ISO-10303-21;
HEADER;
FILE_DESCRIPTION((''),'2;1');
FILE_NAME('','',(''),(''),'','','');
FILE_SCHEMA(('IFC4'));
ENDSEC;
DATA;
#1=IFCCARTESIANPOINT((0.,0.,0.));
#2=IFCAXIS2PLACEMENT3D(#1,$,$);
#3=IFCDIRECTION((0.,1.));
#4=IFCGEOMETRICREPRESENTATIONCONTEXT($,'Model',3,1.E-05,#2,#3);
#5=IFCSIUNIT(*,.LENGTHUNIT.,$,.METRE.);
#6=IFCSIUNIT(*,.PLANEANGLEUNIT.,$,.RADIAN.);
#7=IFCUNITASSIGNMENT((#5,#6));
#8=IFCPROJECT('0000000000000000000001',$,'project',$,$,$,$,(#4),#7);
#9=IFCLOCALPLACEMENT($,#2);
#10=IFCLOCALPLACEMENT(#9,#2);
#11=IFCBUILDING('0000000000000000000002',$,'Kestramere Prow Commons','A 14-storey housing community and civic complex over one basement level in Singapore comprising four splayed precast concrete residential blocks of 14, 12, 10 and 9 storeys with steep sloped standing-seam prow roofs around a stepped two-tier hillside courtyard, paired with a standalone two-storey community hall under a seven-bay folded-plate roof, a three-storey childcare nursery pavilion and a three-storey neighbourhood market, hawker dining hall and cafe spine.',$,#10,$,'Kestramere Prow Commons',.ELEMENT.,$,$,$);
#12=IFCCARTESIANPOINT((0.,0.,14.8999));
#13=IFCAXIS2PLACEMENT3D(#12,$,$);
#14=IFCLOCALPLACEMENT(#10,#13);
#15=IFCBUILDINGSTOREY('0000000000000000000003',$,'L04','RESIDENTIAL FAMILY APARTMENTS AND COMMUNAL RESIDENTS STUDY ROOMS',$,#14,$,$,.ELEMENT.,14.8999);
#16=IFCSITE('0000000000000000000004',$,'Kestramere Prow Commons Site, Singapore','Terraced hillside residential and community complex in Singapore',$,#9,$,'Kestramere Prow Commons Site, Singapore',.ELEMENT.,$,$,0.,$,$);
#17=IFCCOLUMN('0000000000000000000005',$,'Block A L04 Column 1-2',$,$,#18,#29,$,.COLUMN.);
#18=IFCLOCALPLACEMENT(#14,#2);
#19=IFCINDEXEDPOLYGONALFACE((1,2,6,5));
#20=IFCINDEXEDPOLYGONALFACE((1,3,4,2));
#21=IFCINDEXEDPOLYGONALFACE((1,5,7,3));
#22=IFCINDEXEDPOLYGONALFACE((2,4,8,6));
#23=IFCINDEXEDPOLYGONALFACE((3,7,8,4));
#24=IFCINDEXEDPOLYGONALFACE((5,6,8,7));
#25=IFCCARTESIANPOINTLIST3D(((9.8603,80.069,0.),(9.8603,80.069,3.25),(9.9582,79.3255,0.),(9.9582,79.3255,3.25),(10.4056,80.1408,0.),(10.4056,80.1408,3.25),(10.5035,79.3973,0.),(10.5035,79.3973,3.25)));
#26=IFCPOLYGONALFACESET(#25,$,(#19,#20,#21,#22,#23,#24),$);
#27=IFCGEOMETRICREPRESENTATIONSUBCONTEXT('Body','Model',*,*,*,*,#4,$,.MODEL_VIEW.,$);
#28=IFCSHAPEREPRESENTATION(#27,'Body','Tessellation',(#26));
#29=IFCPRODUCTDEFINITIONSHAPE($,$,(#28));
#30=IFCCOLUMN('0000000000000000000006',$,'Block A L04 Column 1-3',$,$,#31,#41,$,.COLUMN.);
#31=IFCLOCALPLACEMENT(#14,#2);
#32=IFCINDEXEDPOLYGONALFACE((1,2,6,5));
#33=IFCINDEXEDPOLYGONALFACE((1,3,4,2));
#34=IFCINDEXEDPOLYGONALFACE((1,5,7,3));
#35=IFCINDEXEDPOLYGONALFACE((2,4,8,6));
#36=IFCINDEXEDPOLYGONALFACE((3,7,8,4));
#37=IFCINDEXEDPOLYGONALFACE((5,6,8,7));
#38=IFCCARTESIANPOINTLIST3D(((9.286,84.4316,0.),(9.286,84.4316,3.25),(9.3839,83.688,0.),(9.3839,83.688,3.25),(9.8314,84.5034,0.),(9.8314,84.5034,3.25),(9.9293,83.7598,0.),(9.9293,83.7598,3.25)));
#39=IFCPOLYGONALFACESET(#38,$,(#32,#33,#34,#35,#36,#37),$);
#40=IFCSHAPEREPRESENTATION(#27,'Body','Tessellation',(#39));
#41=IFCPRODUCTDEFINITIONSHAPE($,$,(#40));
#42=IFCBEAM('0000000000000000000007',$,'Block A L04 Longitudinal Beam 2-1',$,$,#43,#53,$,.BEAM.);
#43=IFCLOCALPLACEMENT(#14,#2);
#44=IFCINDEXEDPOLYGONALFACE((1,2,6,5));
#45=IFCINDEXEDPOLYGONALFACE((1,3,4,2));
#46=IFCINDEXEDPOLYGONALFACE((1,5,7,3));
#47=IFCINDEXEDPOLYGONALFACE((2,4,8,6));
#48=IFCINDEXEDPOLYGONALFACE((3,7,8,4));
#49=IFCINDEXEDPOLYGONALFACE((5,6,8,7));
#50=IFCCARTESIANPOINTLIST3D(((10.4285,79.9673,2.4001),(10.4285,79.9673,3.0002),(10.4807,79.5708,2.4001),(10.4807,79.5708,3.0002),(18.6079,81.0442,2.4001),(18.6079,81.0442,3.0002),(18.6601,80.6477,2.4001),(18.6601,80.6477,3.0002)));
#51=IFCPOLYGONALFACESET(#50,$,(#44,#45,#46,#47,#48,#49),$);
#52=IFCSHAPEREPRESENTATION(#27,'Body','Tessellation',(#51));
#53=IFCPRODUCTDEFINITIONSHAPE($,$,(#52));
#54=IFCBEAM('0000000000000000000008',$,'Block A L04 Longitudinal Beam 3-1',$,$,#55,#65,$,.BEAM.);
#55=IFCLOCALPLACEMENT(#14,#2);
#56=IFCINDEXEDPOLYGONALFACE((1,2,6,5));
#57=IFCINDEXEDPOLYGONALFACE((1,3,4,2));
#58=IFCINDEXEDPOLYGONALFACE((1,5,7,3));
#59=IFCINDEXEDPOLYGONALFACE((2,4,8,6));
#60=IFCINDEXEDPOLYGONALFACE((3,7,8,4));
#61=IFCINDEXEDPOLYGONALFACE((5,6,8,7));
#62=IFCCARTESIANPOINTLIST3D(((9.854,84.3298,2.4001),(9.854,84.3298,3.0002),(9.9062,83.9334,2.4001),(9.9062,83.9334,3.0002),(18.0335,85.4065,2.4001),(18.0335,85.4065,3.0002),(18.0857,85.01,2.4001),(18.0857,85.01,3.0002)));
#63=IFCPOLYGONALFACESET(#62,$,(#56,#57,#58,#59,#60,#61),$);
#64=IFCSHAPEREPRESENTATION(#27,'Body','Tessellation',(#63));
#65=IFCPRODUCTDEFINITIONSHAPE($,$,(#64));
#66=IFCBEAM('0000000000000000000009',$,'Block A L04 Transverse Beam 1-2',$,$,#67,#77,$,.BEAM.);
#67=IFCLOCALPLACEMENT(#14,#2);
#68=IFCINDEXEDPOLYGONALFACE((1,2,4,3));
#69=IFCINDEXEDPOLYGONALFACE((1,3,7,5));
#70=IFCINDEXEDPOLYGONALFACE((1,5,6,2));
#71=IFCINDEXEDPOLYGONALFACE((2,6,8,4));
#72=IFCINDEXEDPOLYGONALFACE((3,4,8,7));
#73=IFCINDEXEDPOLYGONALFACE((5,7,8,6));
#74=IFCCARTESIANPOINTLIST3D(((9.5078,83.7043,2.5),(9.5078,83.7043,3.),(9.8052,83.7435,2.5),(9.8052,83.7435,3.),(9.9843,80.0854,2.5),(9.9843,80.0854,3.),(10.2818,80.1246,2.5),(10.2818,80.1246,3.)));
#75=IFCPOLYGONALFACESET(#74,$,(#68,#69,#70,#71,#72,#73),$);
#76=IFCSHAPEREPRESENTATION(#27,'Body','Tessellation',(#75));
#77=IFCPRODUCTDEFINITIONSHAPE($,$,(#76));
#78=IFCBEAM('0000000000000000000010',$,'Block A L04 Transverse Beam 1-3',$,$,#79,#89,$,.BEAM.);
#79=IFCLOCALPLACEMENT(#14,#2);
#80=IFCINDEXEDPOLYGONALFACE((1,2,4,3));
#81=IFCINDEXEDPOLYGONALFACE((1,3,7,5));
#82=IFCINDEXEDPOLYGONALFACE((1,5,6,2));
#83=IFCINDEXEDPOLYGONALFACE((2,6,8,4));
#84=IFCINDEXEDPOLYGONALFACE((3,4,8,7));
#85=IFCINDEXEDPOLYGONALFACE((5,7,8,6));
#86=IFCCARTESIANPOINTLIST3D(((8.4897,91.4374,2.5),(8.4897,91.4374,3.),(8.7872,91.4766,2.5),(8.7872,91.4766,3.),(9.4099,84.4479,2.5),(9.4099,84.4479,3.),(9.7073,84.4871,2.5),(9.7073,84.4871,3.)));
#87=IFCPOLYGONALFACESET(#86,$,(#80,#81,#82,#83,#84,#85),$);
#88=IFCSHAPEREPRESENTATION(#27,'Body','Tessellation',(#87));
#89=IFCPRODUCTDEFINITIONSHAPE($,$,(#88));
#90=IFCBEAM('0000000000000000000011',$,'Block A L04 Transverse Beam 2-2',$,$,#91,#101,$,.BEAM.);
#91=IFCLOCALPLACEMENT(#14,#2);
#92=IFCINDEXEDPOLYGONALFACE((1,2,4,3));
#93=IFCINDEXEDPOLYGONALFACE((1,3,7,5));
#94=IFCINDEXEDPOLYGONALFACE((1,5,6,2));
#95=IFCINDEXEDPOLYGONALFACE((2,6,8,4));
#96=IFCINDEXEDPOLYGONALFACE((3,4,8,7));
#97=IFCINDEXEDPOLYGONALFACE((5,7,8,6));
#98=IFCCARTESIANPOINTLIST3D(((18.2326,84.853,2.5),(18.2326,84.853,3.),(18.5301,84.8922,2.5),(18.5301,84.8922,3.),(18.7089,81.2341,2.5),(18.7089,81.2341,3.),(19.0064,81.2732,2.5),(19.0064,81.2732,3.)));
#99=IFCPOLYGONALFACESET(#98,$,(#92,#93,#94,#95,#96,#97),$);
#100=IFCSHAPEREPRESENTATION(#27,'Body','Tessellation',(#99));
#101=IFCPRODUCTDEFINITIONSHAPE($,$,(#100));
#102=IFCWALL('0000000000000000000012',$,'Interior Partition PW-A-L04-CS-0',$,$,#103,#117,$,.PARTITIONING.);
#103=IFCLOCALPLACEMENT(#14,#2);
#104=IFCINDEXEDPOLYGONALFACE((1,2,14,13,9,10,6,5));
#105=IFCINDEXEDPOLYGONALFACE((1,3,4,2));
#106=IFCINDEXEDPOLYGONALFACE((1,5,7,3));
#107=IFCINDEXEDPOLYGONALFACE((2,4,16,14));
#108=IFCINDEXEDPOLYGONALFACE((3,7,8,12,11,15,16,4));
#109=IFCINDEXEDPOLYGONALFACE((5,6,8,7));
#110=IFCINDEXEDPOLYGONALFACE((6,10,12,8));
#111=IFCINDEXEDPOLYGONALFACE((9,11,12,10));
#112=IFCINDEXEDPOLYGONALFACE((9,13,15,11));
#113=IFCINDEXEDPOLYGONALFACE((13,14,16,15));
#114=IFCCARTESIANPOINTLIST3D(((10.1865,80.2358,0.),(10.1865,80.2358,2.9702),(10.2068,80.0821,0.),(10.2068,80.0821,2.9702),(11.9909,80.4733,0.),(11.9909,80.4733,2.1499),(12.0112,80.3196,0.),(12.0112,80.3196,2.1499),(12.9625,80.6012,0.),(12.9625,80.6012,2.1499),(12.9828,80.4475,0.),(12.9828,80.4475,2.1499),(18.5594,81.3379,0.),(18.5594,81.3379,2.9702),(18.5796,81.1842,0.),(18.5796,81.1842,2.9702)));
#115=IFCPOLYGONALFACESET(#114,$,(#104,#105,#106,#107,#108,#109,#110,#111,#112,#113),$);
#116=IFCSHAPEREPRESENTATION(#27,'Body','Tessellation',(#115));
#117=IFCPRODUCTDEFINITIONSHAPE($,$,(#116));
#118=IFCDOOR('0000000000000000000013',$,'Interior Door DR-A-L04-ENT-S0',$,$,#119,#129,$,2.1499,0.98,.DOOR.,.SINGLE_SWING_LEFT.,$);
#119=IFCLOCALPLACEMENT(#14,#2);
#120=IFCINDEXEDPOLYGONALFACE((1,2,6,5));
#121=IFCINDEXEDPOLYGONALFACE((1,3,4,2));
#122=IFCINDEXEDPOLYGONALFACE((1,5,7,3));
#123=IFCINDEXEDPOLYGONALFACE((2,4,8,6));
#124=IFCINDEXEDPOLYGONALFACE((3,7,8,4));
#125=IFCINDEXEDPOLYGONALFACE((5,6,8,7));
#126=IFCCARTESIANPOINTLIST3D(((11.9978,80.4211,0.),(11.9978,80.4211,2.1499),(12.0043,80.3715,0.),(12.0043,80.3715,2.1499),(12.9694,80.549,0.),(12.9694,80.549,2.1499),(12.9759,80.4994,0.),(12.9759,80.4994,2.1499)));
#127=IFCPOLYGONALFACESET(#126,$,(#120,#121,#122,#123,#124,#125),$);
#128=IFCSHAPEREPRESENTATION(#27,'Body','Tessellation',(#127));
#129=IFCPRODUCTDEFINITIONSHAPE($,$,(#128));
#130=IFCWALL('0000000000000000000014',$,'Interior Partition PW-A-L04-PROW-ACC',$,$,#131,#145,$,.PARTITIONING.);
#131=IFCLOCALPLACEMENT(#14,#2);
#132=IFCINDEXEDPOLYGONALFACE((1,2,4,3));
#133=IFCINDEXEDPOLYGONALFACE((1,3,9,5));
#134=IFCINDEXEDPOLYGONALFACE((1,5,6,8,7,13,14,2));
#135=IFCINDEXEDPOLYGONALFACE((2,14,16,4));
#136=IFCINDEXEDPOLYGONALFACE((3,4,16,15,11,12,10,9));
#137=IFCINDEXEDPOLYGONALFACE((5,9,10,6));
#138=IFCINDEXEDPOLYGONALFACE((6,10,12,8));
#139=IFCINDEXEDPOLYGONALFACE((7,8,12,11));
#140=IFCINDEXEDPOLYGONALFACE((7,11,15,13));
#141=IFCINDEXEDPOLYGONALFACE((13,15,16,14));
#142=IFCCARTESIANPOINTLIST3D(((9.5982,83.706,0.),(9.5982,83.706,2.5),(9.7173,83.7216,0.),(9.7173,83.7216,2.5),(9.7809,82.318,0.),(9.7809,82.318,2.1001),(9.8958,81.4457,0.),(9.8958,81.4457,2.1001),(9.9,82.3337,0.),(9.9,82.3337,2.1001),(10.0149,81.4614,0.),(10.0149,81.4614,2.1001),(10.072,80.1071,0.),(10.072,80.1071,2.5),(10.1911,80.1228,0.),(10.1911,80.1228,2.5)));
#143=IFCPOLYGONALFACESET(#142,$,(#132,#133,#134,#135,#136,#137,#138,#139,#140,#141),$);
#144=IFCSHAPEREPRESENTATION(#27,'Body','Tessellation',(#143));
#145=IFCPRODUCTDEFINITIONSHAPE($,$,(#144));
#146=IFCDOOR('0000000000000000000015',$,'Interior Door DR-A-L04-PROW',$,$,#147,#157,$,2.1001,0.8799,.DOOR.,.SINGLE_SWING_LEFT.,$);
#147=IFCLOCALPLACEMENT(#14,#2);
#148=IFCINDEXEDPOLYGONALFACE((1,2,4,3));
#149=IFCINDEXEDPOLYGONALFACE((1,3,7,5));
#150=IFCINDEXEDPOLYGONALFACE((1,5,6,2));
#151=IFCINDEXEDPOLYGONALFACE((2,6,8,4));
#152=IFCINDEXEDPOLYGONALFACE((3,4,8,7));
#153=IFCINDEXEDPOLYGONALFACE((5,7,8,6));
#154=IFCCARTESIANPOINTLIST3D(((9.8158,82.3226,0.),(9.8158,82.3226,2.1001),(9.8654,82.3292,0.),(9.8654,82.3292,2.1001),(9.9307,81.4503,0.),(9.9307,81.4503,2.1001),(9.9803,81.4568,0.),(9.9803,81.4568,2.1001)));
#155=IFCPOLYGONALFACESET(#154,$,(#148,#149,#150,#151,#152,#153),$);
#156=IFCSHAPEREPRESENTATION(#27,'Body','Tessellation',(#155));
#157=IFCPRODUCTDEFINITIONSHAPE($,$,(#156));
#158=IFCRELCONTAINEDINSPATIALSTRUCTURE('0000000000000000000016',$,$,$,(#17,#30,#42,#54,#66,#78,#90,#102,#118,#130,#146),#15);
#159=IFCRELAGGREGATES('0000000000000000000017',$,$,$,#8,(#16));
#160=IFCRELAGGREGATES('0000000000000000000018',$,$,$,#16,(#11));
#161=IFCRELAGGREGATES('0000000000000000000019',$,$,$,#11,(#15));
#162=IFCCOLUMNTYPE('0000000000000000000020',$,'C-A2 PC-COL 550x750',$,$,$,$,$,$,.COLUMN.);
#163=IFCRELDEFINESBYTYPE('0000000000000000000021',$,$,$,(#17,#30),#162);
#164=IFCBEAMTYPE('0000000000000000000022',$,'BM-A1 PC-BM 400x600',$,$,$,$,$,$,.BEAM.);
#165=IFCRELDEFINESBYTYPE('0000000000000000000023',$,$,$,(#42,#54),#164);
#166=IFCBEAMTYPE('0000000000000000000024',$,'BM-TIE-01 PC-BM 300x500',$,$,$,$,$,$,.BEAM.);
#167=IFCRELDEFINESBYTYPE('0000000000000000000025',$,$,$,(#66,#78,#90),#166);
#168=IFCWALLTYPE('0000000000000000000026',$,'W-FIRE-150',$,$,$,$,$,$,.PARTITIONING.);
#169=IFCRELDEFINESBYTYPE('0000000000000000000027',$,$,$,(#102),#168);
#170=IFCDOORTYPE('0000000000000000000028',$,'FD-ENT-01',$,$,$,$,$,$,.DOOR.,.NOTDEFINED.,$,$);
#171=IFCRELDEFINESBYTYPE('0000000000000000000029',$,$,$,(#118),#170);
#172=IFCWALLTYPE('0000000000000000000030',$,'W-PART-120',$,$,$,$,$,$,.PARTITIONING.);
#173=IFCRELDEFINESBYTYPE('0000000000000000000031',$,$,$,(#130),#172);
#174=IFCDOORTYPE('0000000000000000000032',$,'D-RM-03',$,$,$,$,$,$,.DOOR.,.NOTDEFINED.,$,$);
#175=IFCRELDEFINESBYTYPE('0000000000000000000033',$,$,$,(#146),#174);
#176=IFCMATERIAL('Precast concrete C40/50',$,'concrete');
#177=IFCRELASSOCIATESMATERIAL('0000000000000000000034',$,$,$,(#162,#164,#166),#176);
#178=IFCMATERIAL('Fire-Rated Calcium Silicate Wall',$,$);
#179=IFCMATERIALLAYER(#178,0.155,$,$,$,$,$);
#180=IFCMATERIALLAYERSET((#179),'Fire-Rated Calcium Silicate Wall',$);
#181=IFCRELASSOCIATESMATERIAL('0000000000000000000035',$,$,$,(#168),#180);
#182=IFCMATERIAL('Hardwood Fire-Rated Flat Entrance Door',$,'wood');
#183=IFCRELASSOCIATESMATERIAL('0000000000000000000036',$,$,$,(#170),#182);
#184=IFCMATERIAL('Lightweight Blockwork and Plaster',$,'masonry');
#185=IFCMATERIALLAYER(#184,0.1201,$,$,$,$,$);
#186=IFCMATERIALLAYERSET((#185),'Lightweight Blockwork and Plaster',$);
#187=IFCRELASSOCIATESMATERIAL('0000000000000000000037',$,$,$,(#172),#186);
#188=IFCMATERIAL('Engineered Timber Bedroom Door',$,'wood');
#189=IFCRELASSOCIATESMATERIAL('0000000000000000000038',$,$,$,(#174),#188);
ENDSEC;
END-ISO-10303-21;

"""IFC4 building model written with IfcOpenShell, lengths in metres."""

from ifc_helpers import new_model, si_unit, direction, frame, frame_2d, origin, origin_2d, place, context, subcontext, project, spatial, rectangle, extrude, material, layer, layer_set, material_profile, profile_set, type_object, element, fill, save


model = new_model("IFC4")

# Units and contexts
model_context = context("Model", 3, precision=1e-05, world=origin(), true_north=direction((0.0, 1.0)))
body_context = subcontext(model_context, "Body", "Model", "MODEL_VIEW")
ifc_project = project(units=[si_unit("LENGTHUNIT", "METRE"), si_unit("PLANEANGLEUNIT", "RADIAN")], contexts=[model_context])

# Site, building, storey
site_placement = place(None, origin())
site = spatial("IfcSite", under=ifc_project, at=site_placement, Name="Kestramere Prow Commons Site, Singapore", Description="Terraced hillside residential and community complex in Singapore", LongName="Kestramere Prow Commons Site, Singapore", CompositionType="ELEMENT", RefElevation=0.0)
building_placement = place(site_placement, origin())
building = spatial("IfcBuilding", under=site, at=building_placement, Name="Kestramere Prow Commons", Description="A 14-storey housing community and civic complex over one basement level in Singapore comprising four splayed precast concrete residential blocks of 14, 12, 10 and 9 storeys with steep sloped standing-seam prow roofs around a stepped two-tier hillside courtyard, paired with a standalone two-storey community hall under a seven-bay folded-plate roof, a three-storey childcare nursery pavilion and a three-storey neighbourhood market, hawker dining hall and cafe spine.", LongName="Kestramere Prow Commons", CompositionType="ELEMENT")
storey_placement = place(building_placement, frame((0.0, 0.0, 14.8999)))
storey = spatial("IfcBuildingStorey", under=building, at=storey_placement, Name="L04", Description="RESIDENTIAL FAMILY APARTMENTS AND COMMUNAL RESIDENTS STUDY ROOMS", CompositionType="ELEMENT", Elevation=14.8999)

# Columns
ifc_material_1 = material(Name="Precast concrete C40/50", Category="concrete")
ifc_material_profile_1 = material_profile(ifc_material_1, rectangle(XDim=0.55, YDim=0.75, at=origin_2d()), Name="PC-COL 550x750")
ifc_profile_set_1 = profile_set([ifc_material_profile_1], Name="Precast concrete C40/50")
column_type = type_object("IfcColumnType", Name="C-A2 PC-COL 550x750", PredefinedType="COLUMN", material=ifc_profile_set_1)
for number, where, z_axis, x_axis, name in (
    (1, (10.1819, 79.7332, 0.0), (0.0, 0.0, 1.0), (0.991445, 0.130526, 0.0), "Block A L04 Column 1-2"),
    (2, (9.6077, 84.0957, 0.0), (0.0, 0.0, 1.0), (0.991445, 0.130526, 0.0), "Block A L04 Column 1-3"),
):
    element("IfcColumn", number, at=place(storey_placement, frame(where, z_axis=z_axis, x_axis=x_axis)), inside=storey, type_object=column_type, Name=name, PredefinedType="COLUMN", context=body_context, shape_type="SweptSolid", body=[
        extrude(rectangle(XDim=0.55, YDim=0.75, at=origin_2d()), origin(), (0.0, 0.0, 1.0), 3.25),
    ])

# Beams
ifc_material_profile_2 = material_profile(ifc_material_1, rectangle(XDim=0.3999, YDim=0.6001, at=origin_2d()), Name="PC-BM 400x600")
ifc_profile_set_2 = profile_set([ifc_material_profile_2], Name="Precast concrete C40/50")
beam_type_1 = type_object("IfcBeamType", Name="BM-A1 PC-BM 400x600", PredefinedType="BEAM", material=ifc_profile_set_2)
for number, where, z_axis, x_axis, name in (
    (3, (10.4546, 79.769, 2.7002), (0.991444, 0.130533, 0.0), (-0.130533, 0.991444, 0.0), "Block A L04 Longitudinal Beam 2-1"),
    (4, (9.8801, 84.1316, 2.7002), (0.991448, 0.130504, 0.0), (-0.130504, 0.991448, 0.0), "Block A L04 Longitudinal Beam 3-1"),
):
    element("IfcBeam", number, at=place(storey_placement, frame(where, z_axis=z_axis, x_axis=x_axis)), inside=storey, type_object=beam_type_1, Name=name, PredefinedType="BEAM", context=body_context, shape_type="SweptSolid", body=[
        extrude(rectangle(XDim=0.3999, YDim=0.6001, at=origin_2d()), origin(), (0.0, 0.0, 1.0), 8.25),
    ])
ifc_material_profile_3 = material_profile(ifc_material_1, rectangle(XDim=0.3, YDim=0.5, at=origin_2d()), Name="PC-BM 300x500")
ifc_profile_set_3 = profile_set([ifc_material_profile_3], Name="Precast concrete C40/50")
beam_type_2 = type_object("IfcBeamType", Name="BM-TIE-01 PC-BM 300x500", PredefinedType="BEAM", material=ifc_profile_set_3)
beam_1_placement = place(storey_placement, frame((10.1331, 80.105, 2.75), z_axis=(-0.13056, 0.99144, 0.0), x_axis=(-0.99144, -0.13056, 0.0)))
element("IfcBeam", 5, at=beam_1_placement, inside=storey, type_object=beam_type_2, Name="Block A L04 Transverse Beam 1-2", PredefinedType="BEAM", context=body_context, shape_type="SweptSolid", body=[
    extrude(rectangle(XDim=0.3, YDim=0.5, at=origin_2d()), origin(), (0.0, 0.0, 1.0), 3.6501),
])
beam_2_placement = place(storey_placement, frame((9.5586, 84.4675, 2.75), z_axis=(-0.130523, 0.991445, 0.0), x_axis=(-0.991445, -0.130523, 0.0)))
element("IfcBeam", 6, at=beam_2_placement, inside=storey, type_object=beam_type_2, Name="Block A L04 Transverse Beam 1-3", PredefinedType="BEAM", context=body_context, shape_type="SweptSolid", body=[
    extrude(rectangle(XDim=0.3, YDim=0.5, at=origin_2d()), origin(), (0.0, 0.0, 1.0), 7.0498),
])
beam_3_placement = place(storey_placement, frame((18.8577, 81.2537, 2.75), z_axis=(-0.130494, 0.991449, 0.0), x_axis=(-0.991449, -0.130494, 0.0)))
element("IfcBeam", 7, at=beam_3_placement, inside=storey, type_object=beam_type_2, Name="Block A L04 Transverse Beam 2-2", PredefinedType="BEAM", context=body_context, shape_type="SweptSolid", body=[
    extrude(rectangle(XDim=0.3, YDim=0.5, at=origin_2d()), origin(), (0.0, 0.0, 1.0), 3.6501),
])

# Walls, openings, doors
ifc_material_2 = material(Name="Fire-Rated Calcium Silicate Wall")
ifc_layer_1 = layer(ifc_material_2, 0.155)
ifc_layer_set_1 = layer_set([ifc_layer_1], Name="Fire-Rated Calcium Silicate Wall")
wall_type_1 = type_object("IfcWallType", Name="W-FIRE-150", PredefinedType="PARTITIONING", material=ifc_layer_set_1)
wall_1_placement = place(storey_placement, frame((10.1965, 80.1589, 0.0), z_axis=(0.0, 0.0, 1.0), x_axis=(0.991449, 0.130497, 0.0)))
wall_1 = element("IfcWall", 8, at=wall_1_placement, inside=storey, type_object=wall_type_1, Name="Interior Partition PW-A-L04-CS-0", PredefinedType="PARTITIONING", context=body_context, shape_type="SweptSolid", body=[
    extrude(rectangle(XDim=8.4451, YDim=0.155, at=frame_2d((4.2227, 0.0))), origin(), (0.0, 0.0, 1.0), 2.9702),
])
opening_1_placement = place(wall_1_placement, frame((1.8201, 0.0, 0.0)))
opening_1 = element("IfcOpeningElement", 9, at=opening_1_placement, cuts=wall_1, PredefinedType="OPENING", context=body_context, shape_type="SweptSolid", body=[
    extrude(rectangle(XDim=0.98, YDim=2.1499, at=frame_2d((0.49, 1.075))), frame((0.0, 0.0925, 0.0), z_axis=(0.0, -1.0, 0.0), x_axis=(1.0, 0.0, 0.0)), (0.0, 0.0, 1.0), 0.1851),
])
ifc_material_3 = material(Name="Hardwood Fire-Rated Flat Entrance Door", Category="wood")
door_type_1 = type_object("IfcDoorType", Name="FD-ENT-01", OperationType="NOTDEFINED", PredefinedType="DOOR", material=ifc_material_3)
door_1_placement = place(opening_1_placement, origin())
door_1 = element("IfcDoor", 10, at=door_1_placement, inside=storey, type_object=door_type_1, Name="Interior Door DR-A-L04-ENT-S0", OperationType="SINGLE_SWING_LEFT", OverallHeight=2.1499, OverallWidth=0.98, PredefinedType="DOOR", context=body_context, shape_type="SweptSolid", body=[
    extrude(rectangle(XDim=0.98, YDim=2.1499, at=frame_2d((0.49, 1.075))), frame((0.0, 0.0249, 0.0), z_axis=(0.0, -1.0, 0.0), x_axis=(1.0, 0.0, 0.0)), (0.0, 0.0, 1.0), 0.05),
])
fill(opening_1, door_1)
ifc_material_4 = material(Name="Lightweight Blockwork and Plaster", Category="masonry")
ifc_layer_2 = layer(ifc_material_4, 0.1201)
ifc_layer_set_2 = layer_set([ifc_layer_2], Name="Lightweight Blockwork and Plaster")
wall_type_2 = type_object("IfcWallType", Name="W-PART-120", PredefinedType="PARTITIONING", material=ifc_layer_set_2)
wall_2_placement = place(storey_placement, frame((10.1316, 80.115, 0.0), z_axis=(0.0, 0.0, 1.0), x_axis=(-0.130547, 0.991442, 0.0)))
wall_2 = element("IfcWall", 11, at=wall_2_placement, inside=storey, type_object=wall_type_2, Name="Interior Partition PW-A-L04-PROW-ACC", PredefinedType="PARTITIONING", context=body_context, shape_type="SweptSolid", body=[
    extrude(rectangle(XDim=3.6299, YDim=0.1201, at=frame_2d((1.8149, 0.0))), origin(), (0.0, 0.0, 1.0), 2.5),
])
opening_2_placement = place(wall_2_placement, frame((1.3501, 0.0, 0.0)))
opening_2 = element("IfcOpeningElement", 12, at=opening_2_placement, cuts=wall_2, PredefinedType="OPENING", context=body_context, shape_type="SweptSolid", body=[
    extrude(rectangle(XDim=0.8799, YDim=2.1001, at=frame_2d((0.4399, 1.05))), frame((0.0, 0.075, 0.0), z_axis=(0.0, -1.0, 0.0), x_axis=(1.0, 0.0, 0.0)), (0.0, 0.0, 1.0), 0.1501),
])
ifc_material_5 = material(Name="Engineered Timber Bedroom Door", Category="wood")
door_type_2 = type_object("IfcDoorType", Name="D-RM-03", OperationType="NOTDEFINED", PredefinedType="DOOR", material=ifc_material_5)
door_2_placement = place(opening_2_placement, origin())
door_2 = element("IfcDoor", 13, at=door_2_placement, inside=storey, type_object=door_type_2, Name="Interior Door DR-A-L04-PROW", OperationType="SINGLE_SWING_LEFT", OverallHeight=2.1001, OverallWidth=0.8799, PredefinedType="DOOR", context=body_context, shape_type="SweptSolid", body=[
    extrude(rectangle(XDim=0.8799, YDim=2.1001, at=frame_2d((0.4399, 1.05))), frame((0.0, 0.0249, 0.0), z_axis=(0.0, -1.0, 0.0), x_axis=(1.0, 0.0, 0.0)), (0.0, 0.0, 1.0), 0.05),
])
fill(opening_2, door_2)

save(model, "model.ifc")
